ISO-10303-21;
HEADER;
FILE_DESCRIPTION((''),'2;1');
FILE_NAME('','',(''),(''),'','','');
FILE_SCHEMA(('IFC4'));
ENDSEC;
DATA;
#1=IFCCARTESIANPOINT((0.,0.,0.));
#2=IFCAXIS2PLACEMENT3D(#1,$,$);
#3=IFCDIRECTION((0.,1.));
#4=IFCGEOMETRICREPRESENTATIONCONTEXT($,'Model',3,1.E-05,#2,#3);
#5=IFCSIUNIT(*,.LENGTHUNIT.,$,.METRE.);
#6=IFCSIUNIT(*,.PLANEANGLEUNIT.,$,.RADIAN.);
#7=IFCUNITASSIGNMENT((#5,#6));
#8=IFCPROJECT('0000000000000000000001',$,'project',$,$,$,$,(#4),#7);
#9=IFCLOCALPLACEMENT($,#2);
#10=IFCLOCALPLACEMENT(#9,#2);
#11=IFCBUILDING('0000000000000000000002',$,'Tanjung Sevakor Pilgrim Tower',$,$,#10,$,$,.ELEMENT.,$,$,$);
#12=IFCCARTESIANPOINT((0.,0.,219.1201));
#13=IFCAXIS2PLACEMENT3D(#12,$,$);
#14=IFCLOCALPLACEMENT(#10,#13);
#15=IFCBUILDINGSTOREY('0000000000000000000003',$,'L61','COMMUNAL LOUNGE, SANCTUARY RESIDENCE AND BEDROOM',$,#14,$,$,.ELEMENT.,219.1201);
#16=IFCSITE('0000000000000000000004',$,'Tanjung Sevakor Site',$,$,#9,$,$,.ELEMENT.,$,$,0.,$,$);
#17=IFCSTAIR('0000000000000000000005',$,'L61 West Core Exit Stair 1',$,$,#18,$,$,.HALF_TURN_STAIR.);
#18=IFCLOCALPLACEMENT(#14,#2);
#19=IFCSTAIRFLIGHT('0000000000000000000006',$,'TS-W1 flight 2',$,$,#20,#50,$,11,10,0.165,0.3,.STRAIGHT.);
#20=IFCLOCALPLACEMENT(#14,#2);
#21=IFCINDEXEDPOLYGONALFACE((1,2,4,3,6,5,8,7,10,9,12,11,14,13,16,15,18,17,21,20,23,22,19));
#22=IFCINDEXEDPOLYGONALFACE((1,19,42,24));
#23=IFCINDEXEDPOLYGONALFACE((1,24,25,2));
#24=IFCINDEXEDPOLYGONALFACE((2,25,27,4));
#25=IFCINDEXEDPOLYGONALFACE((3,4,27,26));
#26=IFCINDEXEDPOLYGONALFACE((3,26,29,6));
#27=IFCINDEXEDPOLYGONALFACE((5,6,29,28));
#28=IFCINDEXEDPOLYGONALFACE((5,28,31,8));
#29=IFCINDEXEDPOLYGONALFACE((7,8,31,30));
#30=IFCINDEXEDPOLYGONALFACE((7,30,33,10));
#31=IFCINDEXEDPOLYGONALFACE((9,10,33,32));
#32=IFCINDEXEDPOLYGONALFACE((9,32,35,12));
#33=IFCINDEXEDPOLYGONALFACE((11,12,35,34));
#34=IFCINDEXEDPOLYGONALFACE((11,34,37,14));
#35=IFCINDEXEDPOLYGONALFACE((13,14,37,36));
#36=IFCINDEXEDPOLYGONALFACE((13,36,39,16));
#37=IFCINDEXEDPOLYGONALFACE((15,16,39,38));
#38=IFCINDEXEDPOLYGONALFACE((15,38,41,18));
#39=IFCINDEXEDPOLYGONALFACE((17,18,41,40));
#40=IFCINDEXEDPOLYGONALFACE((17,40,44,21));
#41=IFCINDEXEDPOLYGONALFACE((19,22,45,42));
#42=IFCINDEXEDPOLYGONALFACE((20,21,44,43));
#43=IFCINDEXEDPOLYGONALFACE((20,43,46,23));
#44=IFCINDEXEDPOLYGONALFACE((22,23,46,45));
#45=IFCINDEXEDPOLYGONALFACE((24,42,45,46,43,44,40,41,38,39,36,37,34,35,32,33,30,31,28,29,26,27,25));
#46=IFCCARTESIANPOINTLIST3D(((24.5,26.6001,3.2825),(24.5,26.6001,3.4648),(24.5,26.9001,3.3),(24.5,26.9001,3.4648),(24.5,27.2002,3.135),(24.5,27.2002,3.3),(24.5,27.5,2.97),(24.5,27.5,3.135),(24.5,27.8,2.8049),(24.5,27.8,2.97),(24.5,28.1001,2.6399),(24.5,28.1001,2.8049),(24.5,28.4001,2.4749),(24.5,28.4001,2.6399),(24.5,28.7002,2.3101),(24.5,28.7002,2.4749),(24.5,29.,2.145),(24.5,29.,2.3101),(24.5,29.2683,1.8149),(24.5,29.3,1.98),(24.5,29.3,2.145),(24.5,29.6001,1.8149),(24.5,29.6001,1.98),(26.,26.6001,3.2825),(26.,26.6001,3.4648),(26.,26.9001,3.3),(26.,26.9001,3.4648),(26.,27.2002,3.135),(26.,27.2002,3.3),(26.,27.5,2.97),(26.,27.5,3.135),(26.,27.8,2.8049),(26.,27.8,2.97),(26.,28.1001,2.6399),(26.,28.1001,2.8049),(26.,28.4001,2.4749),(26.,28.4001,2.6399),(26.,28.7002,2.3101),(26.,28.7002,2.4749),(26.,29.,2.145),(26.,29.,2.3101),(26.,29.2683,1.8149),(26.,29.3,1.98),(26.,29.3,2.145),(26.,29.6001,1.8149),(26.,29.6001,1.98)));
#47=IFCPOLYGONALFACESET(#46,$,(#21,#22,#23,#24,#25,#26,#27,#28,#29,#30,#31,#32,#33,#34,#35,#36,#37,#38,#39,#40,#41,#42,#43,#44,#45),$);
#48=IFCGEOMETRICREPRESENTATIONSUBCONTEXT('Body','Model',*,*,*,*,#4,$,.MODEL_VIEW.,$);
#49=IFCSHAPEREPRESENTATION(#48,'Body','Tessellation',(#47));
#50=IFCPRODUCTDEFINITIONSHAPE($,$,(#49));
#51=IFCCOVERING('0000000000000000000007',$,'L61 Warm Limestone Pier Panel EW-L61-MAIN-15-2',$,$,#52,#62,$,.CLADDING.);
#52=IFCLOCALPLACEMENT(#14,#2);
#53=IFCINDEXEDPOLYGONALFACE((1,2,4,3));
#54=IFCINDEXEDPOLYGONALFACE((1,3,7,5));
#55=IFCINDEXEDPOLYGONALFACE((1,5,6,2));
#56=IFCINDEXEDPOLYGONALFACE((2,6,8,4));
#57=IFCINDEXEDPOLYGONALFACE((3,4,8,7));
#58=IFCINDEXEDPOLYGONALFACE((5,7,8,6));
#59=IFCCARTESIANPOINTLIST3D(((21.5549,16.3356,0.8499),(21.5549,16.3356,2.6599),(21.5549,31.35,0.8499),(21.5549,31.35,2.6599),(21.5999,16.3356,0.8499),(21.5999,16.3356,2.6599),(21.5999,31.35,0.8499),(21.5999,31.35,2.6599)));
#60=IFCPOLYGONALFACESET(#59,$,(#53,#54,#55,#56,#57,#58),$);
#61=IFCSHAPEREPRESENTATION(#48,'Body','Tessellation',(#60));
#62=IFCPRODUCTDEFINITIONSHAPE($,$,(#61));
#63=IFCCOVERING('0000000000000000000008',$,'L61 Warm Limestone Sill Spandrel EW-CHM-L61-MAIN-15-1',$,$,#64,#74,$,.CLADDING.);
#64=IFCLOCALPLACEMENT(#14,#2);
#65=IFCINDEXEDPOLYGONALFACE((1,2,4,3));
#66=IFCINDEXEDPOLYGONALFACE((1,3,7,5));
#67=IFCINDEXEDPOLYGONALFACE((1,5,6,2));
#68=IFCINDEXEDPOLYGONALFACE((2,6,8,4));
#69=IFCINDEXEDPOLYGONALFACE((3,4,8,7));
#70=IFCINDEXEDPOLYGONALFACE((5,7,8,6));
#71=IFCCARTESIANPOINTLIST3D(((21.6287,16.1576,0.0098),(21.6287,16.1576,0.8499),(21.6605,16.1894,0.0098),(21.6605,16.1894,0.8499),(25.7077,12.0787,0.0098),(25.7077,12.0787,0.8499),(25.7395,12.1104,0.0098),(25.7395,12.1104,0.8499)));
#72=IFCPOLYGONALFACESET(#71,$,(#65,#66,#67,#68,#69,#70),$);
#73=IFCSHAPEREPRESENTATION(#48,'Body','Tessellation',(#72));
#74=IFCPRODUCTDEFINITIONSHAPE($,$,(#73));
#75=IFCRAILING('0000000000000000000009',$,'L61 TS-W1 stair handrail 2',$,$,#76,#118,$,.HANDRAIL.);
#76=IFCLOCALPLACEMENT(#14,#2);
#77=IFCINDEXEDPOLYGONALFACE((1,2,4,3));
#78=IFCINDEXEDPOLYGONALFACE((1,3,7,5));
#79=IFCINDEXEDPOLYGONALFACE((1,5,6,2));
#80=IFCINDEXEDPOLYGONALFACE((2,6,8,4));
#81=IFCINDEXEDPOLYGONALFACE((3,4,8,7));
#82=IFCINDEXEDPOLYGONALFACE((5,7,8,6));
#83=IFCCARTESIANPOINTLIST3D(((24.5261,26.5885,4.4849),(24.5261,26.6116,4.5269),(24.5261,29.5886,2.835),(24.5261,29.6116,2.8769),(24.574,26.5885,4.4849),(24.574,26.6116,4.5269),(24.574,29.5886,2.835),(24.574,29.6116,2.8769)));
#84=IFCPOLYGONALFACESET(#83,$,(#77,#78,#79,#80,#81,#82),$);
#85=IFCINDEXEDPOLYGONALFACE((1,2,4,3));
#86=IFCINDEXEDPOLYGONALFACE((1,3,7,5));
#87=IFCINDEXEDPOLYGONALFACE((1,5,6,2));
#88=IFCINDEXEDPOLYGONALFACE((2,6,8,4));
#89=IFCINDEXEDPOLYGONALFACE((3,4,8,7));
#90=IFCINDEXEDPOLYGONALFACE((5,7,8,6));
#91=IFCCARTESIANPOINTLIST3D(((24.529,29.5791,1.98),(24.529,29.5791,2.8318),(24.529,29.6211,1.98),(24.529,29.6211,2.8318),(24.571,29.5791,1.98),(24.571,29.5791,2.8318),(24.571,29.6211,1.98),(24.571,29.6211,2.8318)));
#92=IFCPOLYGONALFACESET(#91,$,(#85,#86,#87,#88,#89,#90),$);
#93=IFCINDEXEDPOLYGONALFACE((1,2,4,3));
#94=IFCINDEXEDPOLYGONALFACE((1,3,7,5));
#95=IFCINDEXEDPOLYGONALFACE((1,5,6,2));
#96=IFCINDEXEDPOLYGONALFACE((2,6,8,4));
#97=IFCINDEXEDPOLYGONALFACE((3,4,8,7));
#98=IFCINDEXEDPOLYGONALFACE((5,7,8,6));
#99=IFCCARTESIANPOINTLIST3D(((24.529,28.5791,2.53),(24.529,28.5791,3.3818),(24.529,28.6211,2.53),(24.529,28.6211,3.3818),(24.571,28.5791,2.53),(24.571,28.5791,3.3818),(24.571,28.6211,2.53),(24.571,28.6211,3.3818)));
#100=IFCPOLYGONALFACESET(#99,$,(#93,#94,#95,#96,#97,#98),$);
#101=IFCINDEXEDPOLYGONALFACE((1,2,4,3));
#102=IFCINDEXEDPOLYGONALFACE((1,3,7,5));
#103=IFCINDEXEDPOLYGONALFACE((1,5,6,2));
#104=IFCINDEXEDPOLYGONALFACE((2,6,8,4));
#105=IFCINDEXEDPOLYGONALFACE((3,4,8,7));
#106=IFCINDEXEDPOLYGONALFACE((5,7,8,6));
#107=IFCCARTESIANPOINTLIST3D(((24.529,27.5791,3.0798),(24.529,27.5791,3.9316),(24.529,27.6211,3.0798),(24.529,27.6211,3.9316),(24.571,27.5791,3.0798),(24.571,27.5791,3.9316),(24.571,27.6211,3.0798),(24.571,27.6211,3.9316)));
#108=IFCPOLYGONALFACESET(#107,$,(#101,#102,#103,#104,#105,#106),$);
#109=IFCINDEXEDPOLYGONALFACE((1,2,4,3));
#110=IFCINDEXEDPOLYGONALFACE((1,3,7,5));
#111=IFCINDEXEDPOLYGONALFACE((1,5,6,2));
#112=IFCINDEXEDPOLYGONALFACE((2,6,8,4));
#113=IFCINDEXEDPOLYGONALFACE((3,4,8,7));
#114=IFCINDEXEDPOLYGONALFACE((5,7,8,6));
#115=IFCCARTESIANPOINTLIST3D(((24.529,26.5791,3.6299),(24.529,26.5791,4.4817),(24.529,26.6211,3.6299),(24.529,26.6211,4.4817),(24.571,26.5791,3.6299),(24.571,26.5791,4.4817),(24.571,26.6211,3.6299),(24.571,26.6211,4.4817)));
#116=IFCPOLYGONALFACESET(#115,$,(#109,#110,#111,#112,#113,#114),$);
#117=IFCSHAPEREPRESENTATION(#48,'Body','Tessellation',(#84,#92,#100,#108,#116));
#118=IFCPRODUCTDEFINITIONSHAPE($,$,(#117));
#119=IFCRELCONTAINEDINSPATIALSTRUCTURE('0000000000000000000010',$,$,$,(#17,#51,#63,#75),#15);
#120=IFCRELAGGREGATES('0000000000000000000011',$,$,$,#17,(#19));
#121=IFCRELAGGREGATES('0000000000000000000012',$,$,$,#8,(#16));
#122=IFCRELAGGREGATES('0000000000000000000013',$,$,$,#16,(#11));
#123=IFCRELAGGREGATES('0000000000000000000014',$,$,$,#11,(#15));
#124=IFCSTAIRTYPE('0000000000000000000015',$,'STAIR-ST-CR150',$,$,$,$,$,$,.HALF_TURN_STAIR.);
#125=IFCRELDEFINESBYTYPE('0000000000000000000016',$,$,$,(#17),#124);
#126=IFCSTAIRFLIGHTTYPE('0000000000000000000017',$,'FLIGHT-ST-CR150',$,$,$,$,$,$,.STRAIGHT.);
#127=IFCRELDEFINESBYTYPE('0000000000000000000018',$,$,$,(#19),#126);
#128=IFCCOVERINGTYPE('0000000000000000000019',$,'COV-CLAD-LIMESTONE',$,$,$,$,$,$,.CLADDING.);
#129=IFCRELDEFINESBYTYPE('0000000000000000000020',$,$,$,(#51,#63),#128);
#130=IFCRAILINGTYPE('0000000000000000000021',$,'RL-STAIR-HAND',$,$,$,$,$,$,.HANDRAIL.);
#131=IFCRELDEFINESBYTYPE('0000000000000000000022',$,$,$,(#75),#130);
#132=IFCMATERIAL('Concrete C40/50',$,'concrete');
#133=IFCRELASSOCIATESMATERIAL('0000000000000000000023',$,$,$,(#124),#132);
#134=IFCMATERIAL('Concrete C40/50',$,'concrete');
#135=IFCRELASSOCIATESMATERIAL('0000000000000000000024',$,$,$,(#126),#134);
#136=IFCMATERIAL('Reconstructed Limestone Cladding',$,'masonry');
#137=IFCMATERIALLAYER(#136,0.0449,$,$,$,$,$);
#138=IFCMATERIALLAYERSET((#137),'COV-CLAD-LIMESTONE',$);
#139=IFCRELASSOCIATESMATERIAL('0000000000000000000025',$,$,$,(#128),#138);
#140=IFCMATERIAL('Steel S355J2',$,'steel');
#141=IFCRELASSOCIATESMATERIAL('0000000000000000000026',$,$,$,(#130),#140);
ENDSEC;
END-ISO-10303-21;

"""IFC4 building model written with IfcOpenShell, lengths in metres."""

from ifc_helpers import new_model, si_unit, direction, frame, origin, origin_2d, place, context, subcontext, project, spatial, polyline, rectangle, outline, extrude, material, layer, layer_set, type_object, element, aggregate, save


model = new_model("IFC4")

# Units and contexts
model_context = context("Model", 3, precision=1e-05, world=origin(), true_north=direction((0.0, 1.0)))
body_context = subcontext(model_context, "Body", "Model", "MODEL_VIEW")
ifc_project = project(units=[si_unit("LENGTHUNIT", "METRE"), si_unit("PLANEANGLEUNIT", "RADIAN")], contexts=[model_context])

# Site, building, storey
site_placement = place(None, origin())
site = spatial("IfcSite", under=ifc_project, at=site_placement, Name="Tanjung Sevakor Site", CompositionType="ELEMENT", RefElevation=0.0)
building_placement = place(site_placement, origin())
building = spatial("IfcBuilding", under=site, at=building_placement, Name="Tanjung Sevakor Pilgrim Tower", CompositionType="ELEMENT")
storey_placement = place(building_placement, frame((0.0, 0.0, 219.1201)))
storey = spatial("IfcBuildingStorey", under=building, at=storey_placement, Name="L61", Description="COMMUNAL LOUNGE, SANCTUARY RESIDENCE AND BEDROOM", CompositionType="ELEMENT", Elevation=219.1201)

# Stair
ifc_material_1 = material(Name="Concrete C40/50", Category="concrete")
stair_type = type_object("IfcStairType", Name="STAIR-ST-CR150", PredefinedType="HALF_TURN_STAIR", material=ifc_material_1)
stair_1_placement = place(storey_placement, origin())
stair_1 = element("IfcStair", 1, at=stair_1_placement, inside=storey, type_object=stair_type, Name="L61 West Core Exit Stair 1", PredefinedType="HALF_TURN_STAIR")

# Stair flight
ifc_material_2 = material(Name="Concrete C40/50", Category="concrete")
stair_flight_type = type_object("IfcStairFlightType", Name="FLIGHT-ST-CR150", PredefinedType="STRAIGHT", material=ifc_material_2)
stair_flight_placement = place(storey_placement, frame((25.25, 29.6001, 1.8149), z_axis=(0.0, 0.0, 1.0), x_axis=(0.0, -1.0, 0.0)))
stair_flight = element("IfcStairFlight", 2, at=stair_flight_placement, type_object=stair_flight_type, Name="TS-W1 flight 2", NumberOfRisers=11, NumberOfTreads=10, PredefinedType="STRAIGHT", RiserHeight=0.165, TreadLength=0.3, context=body_context, shape_type="SweptSolid", body=[
    extrude(outline(polyline([(0.0, 0.0), (0.0, 0.165), (0.3, 0.165), (0.3, 0.3301), (0.6001, 0.3301), (0.6001, 0.4951), (0.8999, 0.4951), (0.8999, 0.6599), (1.2, 0.6599), (1.2, 0.825), (1.5, 0.825), (1.5, 0.99), (1.8, 0.99), (1.8, 1.155), (2.1001, 1.155), (2.1001, 1.3201), (2.3999, 1.3201), (2.3999, 1.4851), (2.7, 1.4851), (2.7, 1.6499), (3.0, 1.6499), (3.0, 1.8149), (3.0, 1.4675), (0.3318, 0.0), (0.0, 0.0)])), frame((0.0, 0.75, 0.0), z_axis=(0.0, -1.0, 0.0), x_axis=(1.0, 0.0, 0.0)), (0.0, 0.0, 1.0), 1.5),
])
aggregate(stair_1, [stair_flight])

# Coverings
ifc_material_3 = material(Name="Reconstructed Limestone Cladding", Category="masonry")
ifc_layer_1 = layer(ifc_material_3, 0.0449)
ifc_layer_set_1 = layer_set([ifc_layer_1], Name="COV-CLAD-LIMESTONE")
covering_type = type_object("IfcCoveringType", Name="COV-CLAD-LIMESTONE", PredefinedType="CLADDING", material=ifc_layer_set_1)
covering_1_placement = place(storey_placement, frame((21.5774, 23.8428, 0.8499), z_axis=(0.0, 0.0, 1.0), x_axis=(0.0, -1.0, 0.0)))
element("IfcCovering", 3, at=covering_1_placement, inside=storey, type_object=covering_type, Name="L61 Warm Limestone Pier Panel EW-L61-MAIN-15-2", PredefinedType="CLADDING", context=body_context, shape_type="SweptSolid", body=[
    extrude(rectangle(XDim=15.0144, YDim=0.0449, at=origin_2d()), origin(), (0.0, 0.0, 1.0), 1.8101),
])
covering_2_placement = place(storey_placement, frame((23.6841, 14.134, 0.0098), z_axis=(0.0, 0.0, 1.0), x_axis=(0.707107, -0.707107, 0.0)))
element("IfcCovering", 4, at=covering_2_placement, inside=storey, type_object=covering_type, Name="L61 Warm Limestone Sill Spandrel EW-CHM-L61-MAIN-15-1", PredefinedType="CLADDING", context=body_context, shape_type="SweptSolid", body=[
    extrude(rectangle(XDim=5.7686, YDim=0.0449, at=origin_2d()), origin(), (0.0, 0.0, 1.0), 0.8401),
])

# Railing
ifc_material_4 = material(Name="Steel S355J2", Category="steel")
railing_type = type_object("IfcRailingType", Name="RL-STAIR-HAND", PredefinedType="HANDRAIL", material=ifc_material_4)
railing_placement = place(storey_placement, frame((24.55, 29.6001, 1.98)))
element("IfcRailing", 5, at=railing_placement, inside=storey, type_object=railing_type, Name="L61 TS-W1 stair handrail 2", PredefinedType="HANDRAIL", context=body_context, shape_type="SweptSolid", body=[
    extrude(rectangle(XDim=0.0479, YDim=0.0479), frame((0.0, 0.0, 0.876), z_axis=(0.0, -0.876228, 0.481897), x_axis=(1.0, 0.0, 0.0)), (0.0, 0.0, 1.0), 3.4238),
    extrude(rectangle(XDim=0.042, YDim=0.042), origin(), (0.0, 0.0, 1.0), 0.8518),
    extrude(rectangle(XDim=0.042, YDim=0.042), frame((0.0, -1.0, 0.55)), (0.0, 0.0, 1.0), 0.8518),
    extrude(rectangle(XDim=0.042, YDim=0.042), frame((0.0, -2.0, 1.0999)), (0.0, 0.0, 1.0), 0.8518),
    extrude(rectangle(XDim=0.042, YDim=0.042), frame((0.0, -3.0, 1.6499)), (0.0, 0.0, 1.0), 0.8518),
])

save(model, "model.ifc")
